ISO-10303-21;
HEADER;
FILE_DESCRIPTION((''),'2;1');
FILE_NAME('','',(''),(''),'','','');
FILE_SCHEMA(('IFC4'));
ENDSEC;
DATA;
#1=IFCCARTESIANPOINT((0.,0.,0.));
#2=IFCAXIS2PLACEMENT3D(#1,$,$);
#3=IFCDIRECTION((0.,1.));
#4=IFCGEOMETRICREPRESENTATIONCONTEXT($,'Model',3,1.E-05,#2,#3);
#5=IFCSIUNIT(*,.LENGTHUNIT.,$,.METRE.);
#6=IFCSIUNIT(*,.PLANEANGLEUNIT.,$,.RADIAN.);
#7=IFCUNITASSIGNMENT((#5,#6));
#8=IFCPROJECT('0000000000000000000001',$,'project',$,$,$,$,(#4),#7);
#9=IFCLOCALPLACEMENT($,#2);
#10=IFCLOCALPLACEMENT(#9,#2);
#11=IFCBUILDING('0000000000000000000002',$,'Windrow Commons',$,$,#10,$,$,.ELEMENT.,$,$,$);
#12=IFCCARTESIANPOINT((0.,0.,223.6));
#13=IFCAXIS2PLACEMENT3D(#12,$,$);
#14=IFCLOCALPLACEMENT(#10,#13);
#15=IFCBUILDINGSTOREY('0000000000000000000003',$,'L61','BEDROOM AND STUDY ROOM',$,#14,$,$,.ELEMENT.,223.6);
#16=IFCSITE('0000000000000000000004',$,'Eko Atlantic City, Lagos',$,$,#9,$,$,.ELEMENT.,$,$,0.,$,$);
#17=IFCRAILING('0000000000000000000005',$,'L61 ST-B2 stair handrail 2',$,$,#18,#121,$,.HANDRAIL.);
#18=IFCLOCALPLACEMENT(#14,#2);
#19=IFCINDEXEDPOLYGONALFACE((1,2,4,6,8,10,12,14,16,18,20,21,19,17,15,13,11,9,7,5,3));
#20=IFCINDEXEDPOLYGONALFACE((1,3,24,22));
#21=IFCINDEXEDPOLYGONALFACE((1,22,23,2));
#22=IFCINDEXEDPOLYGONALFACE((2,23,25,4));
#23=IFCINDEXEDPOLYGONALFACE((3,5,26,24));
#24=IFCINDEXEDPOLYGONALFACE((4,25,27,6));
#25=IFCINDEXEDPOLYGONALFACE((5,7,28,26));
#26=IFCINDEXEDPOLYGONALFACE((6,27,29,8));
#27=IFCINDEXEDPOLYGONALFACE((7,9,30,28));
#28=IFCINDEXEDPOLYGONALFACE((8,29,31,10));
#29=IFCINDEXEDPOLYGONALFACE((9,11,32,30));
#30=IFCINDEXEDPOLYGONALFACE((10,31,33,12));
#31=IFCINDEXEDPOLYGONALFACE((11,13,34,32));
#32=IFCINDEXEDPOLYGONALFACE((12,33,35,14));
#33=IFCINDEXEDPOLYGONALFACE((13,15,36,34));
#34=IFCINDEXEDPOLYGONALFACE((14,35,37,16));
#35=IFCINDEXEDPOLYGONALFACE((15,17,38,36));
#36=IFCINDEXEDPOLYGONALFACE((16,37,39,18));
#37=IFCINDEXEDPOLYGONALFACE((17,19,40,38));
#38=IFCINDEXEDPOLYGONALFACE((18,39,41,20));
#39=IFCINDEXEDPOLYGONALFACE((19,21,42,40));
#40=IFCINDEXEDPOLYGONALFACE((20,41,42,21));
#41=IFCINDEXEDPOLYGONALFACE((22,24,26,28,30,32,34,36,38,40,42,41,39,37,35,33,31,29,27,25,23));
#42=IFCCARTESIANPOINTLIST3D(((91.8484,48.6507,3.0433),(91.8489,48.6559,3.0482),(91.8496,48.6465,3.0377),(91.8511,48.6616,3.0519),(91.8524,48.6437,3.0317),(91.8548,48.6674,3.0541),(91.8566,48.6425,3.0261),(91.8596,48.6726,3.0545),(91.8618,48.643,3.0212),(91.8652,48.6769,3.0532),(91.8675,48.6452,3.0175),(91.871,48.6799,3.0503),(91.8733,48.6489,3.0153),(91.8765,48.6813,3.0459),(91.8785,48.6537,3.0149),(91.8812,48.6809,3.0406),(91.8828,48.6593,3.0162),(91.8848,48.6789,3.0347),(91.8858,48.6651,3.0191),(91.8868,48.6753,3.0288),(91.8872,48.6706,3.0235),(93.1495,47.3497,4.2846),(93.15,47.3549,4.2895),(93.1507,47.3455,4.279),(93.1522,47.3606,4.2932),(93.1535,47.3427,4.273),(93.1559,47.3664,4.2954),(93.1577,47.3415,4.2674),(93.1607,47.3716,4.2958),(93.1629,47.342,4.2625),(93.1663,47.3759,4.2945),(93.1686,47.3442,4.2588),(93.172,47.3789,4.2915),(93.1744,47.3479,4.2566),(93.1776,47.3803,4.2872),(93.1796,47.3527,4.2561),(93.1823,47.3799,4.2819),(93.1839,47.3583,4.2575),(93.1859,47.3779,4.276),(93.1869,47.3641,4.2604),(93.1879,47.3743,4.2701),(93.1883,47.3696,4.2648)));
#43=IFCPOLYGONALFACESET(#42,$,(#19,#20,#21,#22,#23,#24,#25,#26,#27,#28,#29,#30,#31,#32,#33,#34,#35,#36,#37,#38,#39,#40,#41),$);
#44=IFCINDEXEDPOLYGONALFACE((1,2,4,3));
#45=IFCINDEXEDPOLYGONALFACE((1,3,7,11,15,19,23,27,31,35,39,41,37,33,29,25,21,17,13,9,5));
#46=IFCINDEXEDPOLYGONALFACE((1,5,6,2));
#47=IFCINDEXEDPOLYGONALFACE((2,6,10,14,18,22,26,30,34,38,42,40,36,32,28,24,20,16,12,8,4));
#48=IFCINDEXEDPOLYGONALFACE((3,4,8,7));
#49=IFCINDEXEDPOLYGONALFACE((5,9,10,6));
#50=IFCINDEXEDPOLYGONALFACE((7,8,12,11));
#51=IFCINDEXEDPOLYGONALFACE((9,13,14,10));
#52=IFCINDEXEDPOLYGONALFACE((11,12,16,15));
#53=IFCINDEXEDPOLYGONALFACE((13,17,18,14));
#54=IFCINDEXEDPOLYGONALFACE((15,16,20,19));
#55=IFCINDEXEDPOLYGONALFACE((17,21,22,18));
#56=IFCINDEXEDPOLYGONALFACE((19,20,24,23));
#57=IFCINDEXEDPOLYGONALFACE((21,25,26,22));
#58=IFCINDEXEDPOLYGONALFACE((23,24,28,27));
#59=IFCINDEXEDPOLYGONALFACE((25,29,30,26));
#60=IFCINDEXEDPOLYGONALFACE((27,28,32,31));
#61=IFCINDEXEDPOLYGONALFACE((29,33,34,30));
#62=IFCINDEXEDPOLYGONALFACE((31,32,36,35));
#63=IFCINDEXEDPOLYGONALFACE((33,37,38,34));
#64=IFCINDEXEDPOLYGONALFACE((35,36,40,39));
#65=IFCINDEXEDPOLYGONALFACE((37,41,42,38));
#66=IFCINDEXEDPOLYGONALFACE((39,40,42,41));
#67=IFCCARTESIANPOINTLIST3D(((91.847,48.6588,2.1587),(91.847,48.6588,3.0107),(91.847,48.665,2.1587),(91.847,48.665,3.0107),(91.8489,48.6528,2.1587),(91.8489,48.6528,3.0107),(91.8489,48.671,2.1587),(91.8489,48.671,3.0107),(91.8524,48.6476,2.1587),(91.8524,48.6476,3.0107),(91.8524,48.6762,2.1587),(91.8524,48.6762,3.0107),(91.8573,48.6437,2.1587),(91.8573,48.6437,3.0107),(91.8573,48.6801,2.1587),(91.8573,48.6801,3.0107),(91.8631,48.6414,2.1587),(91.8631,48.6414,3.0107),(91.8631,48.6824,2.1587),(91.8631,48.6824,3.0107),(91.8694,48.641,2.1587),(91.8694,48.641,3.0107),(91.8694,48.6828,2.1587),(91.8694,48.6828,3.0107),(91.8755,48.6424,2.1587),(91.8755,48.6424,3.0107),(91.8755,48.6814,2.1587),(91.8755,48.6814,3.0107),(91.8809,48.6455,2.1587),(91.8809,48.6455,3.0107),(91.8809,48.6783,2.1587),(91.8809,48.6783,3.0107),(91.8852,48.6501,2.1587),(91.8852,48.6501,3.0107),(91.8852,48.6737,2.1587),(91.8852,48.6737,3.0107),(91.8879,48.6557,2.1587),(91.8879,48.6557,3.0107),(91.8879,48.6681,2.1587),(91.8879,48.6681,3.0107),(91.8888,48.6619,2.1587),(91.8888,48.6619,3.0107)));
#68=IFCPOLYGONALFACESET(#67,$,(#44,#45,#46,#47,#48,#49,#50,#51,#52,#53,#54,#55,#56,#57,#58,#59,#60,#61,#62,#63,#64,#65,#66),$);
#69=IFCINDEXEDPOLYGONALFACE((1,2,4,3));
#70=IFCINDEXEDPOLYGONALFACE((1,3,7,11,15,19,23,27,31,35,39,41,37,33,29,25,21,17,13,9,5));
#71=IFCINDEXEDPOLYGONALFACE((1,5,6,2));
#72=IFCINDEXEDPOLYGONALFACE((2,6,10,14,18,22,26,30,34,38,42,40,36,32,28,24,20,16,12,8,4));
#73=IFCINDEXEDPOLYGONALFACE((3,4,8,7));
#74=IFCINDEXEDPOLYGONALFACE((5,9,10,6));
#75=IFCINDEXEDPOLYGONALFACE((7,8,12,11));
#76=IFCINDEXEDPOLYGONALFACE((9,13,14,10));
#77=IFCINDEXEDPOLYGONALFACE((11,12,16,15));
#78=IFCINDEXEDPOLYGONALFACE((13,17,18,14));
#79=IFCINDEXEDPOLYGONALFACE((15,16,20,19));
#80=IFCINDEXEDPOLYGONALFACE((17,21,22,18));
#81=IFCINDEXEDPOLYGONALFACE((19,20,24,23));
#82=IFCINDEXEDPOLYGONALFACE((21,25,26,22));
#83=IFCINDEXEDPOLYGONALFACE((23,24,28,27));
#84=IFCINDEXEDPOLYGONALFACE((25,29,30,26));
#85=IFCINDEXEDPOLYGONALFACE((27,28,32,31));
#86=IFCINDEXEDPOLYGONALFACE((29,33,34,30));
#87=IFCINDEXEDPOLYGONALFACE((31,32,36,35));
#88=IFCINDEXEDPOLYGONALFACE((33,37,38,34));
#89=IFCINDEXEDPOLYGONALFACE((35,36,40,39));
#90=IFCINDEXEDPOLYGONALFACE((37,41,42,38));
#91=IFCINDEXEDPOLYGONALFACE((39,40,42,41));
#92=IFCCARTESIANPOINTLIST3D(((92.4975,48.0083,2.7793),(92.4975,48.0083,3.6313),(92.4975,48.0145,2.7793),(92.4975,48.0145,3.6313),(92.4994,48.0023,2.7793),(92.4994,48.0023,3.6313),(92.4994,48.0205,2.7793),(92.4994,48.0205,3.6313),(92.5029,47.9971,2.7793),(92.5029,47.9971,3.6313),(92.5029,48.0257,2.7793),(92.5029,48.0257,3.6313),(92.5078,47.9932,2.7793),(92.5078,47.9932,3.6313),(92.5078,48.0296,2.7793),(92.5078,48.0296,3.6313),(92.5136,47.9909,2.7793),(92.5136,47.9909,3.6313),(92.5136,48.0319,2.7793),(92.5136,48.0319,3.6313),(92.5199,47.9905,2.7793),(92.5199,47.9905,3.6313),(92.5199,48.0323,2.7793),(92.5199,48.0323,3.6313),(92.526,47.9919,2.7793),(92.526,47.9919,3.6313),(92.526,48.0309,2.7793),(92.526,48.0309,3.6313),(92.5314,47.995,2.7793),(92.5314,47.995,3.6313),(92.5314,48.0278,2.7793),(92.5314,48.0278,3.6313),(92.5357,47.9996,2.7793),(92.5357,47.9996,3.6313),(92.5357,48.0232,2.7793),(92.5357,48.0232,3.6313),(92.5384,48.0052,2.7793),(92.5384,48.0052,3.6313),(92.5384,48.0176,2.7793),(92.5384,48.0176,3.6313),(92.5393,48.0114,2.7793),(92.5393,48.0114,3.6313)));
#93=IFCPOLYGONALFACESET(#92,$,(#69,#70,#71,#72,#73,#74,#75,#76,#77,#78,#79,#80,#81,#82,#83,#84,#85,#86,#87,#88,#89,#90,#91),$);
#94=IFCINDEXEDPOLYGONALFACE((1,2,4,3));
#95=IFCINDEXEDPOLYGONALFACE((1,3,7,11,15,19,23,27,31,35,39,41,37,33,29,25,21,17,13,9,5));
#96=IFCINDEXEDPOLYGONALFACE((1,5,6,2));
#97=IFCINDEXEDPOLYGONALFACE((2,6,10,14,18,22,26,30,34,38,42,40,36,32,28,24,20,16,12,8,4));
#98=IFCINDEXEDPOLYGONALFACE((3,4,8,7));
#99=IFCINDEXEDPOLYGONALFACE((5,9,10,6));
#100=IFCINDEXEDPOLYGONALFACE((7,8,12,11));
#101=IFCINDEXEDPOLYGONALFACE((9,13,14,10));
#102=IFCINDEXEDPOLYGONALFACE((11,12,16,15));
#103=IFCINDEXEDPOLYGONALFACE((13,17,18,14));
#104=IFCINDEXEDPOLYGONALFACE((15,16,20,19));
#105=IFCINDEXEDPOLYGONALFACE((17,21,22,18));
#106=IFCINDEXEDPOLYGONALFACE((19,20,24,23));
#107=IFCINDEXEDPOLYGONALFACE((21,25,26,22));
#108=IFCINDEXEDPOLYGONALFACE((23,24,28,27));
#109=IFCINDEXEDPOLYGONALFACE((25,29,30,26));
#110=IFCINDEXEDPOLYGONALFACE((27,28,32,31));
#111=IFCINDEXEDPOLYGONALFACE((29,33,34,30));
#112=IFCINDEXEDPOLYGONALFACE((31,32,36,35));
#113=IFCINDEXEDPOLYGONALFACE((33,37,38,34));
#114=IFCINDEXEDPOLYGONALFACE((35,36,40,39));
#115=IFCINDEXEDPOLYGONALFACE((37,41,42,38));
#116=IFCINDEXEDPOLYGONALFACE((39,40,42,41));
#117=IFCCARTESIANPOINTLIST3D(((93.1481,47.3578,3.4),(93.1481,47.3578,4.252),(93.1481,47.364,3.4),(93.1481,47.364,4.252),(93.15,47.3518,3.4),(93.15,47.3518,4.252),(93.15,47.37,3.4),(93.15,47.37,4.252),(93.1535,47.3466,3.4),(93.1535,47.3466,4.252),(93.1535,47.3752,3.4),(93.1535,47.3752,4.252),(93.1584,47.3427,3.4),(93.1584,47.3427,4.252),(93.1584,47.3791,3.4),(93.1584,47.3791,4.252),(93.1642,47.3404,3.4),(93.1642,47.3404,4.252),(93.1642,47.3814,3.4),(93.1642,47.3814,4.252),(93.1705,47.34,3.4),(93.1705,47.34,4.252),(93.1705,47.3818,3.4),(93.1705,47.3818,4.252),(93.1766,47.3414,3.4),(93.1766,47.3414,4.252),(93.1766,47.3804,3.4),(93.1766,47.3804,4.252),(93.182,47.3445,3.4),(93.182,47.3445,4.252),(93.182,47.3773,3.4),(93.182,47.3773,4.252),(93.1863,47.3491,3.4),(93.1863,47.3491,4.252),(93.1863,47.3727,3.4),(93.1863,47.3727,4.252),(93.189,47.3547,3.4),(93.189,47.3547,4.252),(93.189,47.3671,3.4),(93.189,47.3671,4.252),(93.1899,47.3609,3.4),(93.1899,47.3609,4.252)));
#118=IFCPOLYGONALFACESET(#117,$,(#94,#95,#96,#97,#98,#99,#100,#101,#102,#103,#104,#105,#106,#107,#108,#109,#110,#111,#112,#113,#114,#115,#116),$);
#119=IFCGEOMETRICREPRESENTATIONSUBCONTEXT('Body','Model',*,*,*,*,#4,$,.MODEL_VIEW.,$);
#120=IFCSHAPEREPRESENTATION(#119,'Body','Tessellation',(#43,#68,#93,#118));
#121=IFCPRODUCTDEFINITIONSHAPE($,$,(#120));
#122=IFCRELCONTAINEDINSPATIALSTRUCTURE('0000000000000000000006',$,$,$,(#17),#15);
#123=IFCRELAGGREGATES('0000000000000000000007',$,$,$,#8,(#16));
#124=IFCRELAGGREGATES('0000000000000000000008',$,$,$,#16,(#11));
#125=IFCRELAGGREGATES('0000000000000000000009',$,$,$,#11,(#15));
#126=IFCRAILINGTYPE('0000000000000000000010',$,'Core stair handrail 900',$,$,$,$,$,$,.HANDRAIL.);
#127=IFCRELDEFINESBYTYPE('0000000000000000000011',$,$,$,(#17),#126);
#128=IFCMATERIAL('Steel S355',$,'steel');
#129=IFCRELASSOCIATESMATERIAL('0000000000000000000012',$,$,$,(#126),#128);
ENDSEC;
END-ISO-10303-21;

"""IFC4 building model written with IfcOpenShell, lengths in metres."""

from ifc_helpers import new_model, si_unit, direction, frame, origin, origin_2d, place, context, subcontext, project, spatial, circle, extrude, material, type_object, element, save


model = new_model("IFC4")

# Units and contexts
model_context = context("Model", 3, precision=1e-05, world=origin(), true_north=direction((0.0, 1.0)))
body_context = subcontext(model_context, "Body", "Model", "MODEL_VIEW")
ifc_project = project(units=[si_unit("LENGTHUNIT", "METRE"), si_unit("PLANEANGLEUNIT", "RADIAN")], contexts=[model_context])

# Site, building, storey
site_placement = place(None, origin())
site = spatial("IfcSite", under=ifc_project, at=site_placement, Name="Eko Atlantic City, Lagos", CompositionType="ELEMENT", RefElevation=0.0)
building_placement = place(site_placement, origin())
building = spatial("IfcBuilding", under=site, at=building_placement, Name="Windrow Commons", CompositionType="ELEMENT")
storey_placement = place(building_placement, frame((0.0, 0.0, 223.6)))
storey = spatial("IfcBuildingStorey", under=building, at=storey_placement, Name="L61", Description="BEDROOM AND STUDY ROOM", CompositionType="ELEMENT", Elevation=223.6)

# Railing
ifc_material_1 = material(Name="Steel S355", Category="steel")
railing_type_1 = type_object("IfcRailingType", Name="Core stair handrail 900", PredefinedType="HANDRAIL", material=ifc_material_1)
railing_1_placement = place(storey_placement, frame((91.8678, 48.6619, 2.1587)))
element("IfcRailing", 1, at=railing_1_placement, inside=storey, type_object=railing_type_1, Name="L61 ST-B2 stair handrail 2", PredefinedType="HANDRAIL", context=body_context, shape_type="SweptSolid", body=[
    extrude(circle(Radius=0.024, at=origin_2d()), frame((0.0, 0.0, 0.876), z_axis=(0.586207, -0.586162, 0.559264), x_axis=(0.70708, 0.707134, 0.0)), (0.0, 0.0, 1.0), 2.2195),
    extrude(circle(Radius=0.021, at=origin_2d()), origin(), (0.0, 0.0, 1.0), 0.852),
    extrude(circle(Radius=0.021, at=origin_2d()), frame((0.6505, -0.6505, 0.6206)), (0.0, 0.0, 1.0), 0.852),
    extrude(circle(Radius=0.021, at=origin_2d()), frame((1.3011, -1.301, 1.2413)), (0.0, 0.0, 1.0), 0.852),
])

save(model, "model.ifc")
